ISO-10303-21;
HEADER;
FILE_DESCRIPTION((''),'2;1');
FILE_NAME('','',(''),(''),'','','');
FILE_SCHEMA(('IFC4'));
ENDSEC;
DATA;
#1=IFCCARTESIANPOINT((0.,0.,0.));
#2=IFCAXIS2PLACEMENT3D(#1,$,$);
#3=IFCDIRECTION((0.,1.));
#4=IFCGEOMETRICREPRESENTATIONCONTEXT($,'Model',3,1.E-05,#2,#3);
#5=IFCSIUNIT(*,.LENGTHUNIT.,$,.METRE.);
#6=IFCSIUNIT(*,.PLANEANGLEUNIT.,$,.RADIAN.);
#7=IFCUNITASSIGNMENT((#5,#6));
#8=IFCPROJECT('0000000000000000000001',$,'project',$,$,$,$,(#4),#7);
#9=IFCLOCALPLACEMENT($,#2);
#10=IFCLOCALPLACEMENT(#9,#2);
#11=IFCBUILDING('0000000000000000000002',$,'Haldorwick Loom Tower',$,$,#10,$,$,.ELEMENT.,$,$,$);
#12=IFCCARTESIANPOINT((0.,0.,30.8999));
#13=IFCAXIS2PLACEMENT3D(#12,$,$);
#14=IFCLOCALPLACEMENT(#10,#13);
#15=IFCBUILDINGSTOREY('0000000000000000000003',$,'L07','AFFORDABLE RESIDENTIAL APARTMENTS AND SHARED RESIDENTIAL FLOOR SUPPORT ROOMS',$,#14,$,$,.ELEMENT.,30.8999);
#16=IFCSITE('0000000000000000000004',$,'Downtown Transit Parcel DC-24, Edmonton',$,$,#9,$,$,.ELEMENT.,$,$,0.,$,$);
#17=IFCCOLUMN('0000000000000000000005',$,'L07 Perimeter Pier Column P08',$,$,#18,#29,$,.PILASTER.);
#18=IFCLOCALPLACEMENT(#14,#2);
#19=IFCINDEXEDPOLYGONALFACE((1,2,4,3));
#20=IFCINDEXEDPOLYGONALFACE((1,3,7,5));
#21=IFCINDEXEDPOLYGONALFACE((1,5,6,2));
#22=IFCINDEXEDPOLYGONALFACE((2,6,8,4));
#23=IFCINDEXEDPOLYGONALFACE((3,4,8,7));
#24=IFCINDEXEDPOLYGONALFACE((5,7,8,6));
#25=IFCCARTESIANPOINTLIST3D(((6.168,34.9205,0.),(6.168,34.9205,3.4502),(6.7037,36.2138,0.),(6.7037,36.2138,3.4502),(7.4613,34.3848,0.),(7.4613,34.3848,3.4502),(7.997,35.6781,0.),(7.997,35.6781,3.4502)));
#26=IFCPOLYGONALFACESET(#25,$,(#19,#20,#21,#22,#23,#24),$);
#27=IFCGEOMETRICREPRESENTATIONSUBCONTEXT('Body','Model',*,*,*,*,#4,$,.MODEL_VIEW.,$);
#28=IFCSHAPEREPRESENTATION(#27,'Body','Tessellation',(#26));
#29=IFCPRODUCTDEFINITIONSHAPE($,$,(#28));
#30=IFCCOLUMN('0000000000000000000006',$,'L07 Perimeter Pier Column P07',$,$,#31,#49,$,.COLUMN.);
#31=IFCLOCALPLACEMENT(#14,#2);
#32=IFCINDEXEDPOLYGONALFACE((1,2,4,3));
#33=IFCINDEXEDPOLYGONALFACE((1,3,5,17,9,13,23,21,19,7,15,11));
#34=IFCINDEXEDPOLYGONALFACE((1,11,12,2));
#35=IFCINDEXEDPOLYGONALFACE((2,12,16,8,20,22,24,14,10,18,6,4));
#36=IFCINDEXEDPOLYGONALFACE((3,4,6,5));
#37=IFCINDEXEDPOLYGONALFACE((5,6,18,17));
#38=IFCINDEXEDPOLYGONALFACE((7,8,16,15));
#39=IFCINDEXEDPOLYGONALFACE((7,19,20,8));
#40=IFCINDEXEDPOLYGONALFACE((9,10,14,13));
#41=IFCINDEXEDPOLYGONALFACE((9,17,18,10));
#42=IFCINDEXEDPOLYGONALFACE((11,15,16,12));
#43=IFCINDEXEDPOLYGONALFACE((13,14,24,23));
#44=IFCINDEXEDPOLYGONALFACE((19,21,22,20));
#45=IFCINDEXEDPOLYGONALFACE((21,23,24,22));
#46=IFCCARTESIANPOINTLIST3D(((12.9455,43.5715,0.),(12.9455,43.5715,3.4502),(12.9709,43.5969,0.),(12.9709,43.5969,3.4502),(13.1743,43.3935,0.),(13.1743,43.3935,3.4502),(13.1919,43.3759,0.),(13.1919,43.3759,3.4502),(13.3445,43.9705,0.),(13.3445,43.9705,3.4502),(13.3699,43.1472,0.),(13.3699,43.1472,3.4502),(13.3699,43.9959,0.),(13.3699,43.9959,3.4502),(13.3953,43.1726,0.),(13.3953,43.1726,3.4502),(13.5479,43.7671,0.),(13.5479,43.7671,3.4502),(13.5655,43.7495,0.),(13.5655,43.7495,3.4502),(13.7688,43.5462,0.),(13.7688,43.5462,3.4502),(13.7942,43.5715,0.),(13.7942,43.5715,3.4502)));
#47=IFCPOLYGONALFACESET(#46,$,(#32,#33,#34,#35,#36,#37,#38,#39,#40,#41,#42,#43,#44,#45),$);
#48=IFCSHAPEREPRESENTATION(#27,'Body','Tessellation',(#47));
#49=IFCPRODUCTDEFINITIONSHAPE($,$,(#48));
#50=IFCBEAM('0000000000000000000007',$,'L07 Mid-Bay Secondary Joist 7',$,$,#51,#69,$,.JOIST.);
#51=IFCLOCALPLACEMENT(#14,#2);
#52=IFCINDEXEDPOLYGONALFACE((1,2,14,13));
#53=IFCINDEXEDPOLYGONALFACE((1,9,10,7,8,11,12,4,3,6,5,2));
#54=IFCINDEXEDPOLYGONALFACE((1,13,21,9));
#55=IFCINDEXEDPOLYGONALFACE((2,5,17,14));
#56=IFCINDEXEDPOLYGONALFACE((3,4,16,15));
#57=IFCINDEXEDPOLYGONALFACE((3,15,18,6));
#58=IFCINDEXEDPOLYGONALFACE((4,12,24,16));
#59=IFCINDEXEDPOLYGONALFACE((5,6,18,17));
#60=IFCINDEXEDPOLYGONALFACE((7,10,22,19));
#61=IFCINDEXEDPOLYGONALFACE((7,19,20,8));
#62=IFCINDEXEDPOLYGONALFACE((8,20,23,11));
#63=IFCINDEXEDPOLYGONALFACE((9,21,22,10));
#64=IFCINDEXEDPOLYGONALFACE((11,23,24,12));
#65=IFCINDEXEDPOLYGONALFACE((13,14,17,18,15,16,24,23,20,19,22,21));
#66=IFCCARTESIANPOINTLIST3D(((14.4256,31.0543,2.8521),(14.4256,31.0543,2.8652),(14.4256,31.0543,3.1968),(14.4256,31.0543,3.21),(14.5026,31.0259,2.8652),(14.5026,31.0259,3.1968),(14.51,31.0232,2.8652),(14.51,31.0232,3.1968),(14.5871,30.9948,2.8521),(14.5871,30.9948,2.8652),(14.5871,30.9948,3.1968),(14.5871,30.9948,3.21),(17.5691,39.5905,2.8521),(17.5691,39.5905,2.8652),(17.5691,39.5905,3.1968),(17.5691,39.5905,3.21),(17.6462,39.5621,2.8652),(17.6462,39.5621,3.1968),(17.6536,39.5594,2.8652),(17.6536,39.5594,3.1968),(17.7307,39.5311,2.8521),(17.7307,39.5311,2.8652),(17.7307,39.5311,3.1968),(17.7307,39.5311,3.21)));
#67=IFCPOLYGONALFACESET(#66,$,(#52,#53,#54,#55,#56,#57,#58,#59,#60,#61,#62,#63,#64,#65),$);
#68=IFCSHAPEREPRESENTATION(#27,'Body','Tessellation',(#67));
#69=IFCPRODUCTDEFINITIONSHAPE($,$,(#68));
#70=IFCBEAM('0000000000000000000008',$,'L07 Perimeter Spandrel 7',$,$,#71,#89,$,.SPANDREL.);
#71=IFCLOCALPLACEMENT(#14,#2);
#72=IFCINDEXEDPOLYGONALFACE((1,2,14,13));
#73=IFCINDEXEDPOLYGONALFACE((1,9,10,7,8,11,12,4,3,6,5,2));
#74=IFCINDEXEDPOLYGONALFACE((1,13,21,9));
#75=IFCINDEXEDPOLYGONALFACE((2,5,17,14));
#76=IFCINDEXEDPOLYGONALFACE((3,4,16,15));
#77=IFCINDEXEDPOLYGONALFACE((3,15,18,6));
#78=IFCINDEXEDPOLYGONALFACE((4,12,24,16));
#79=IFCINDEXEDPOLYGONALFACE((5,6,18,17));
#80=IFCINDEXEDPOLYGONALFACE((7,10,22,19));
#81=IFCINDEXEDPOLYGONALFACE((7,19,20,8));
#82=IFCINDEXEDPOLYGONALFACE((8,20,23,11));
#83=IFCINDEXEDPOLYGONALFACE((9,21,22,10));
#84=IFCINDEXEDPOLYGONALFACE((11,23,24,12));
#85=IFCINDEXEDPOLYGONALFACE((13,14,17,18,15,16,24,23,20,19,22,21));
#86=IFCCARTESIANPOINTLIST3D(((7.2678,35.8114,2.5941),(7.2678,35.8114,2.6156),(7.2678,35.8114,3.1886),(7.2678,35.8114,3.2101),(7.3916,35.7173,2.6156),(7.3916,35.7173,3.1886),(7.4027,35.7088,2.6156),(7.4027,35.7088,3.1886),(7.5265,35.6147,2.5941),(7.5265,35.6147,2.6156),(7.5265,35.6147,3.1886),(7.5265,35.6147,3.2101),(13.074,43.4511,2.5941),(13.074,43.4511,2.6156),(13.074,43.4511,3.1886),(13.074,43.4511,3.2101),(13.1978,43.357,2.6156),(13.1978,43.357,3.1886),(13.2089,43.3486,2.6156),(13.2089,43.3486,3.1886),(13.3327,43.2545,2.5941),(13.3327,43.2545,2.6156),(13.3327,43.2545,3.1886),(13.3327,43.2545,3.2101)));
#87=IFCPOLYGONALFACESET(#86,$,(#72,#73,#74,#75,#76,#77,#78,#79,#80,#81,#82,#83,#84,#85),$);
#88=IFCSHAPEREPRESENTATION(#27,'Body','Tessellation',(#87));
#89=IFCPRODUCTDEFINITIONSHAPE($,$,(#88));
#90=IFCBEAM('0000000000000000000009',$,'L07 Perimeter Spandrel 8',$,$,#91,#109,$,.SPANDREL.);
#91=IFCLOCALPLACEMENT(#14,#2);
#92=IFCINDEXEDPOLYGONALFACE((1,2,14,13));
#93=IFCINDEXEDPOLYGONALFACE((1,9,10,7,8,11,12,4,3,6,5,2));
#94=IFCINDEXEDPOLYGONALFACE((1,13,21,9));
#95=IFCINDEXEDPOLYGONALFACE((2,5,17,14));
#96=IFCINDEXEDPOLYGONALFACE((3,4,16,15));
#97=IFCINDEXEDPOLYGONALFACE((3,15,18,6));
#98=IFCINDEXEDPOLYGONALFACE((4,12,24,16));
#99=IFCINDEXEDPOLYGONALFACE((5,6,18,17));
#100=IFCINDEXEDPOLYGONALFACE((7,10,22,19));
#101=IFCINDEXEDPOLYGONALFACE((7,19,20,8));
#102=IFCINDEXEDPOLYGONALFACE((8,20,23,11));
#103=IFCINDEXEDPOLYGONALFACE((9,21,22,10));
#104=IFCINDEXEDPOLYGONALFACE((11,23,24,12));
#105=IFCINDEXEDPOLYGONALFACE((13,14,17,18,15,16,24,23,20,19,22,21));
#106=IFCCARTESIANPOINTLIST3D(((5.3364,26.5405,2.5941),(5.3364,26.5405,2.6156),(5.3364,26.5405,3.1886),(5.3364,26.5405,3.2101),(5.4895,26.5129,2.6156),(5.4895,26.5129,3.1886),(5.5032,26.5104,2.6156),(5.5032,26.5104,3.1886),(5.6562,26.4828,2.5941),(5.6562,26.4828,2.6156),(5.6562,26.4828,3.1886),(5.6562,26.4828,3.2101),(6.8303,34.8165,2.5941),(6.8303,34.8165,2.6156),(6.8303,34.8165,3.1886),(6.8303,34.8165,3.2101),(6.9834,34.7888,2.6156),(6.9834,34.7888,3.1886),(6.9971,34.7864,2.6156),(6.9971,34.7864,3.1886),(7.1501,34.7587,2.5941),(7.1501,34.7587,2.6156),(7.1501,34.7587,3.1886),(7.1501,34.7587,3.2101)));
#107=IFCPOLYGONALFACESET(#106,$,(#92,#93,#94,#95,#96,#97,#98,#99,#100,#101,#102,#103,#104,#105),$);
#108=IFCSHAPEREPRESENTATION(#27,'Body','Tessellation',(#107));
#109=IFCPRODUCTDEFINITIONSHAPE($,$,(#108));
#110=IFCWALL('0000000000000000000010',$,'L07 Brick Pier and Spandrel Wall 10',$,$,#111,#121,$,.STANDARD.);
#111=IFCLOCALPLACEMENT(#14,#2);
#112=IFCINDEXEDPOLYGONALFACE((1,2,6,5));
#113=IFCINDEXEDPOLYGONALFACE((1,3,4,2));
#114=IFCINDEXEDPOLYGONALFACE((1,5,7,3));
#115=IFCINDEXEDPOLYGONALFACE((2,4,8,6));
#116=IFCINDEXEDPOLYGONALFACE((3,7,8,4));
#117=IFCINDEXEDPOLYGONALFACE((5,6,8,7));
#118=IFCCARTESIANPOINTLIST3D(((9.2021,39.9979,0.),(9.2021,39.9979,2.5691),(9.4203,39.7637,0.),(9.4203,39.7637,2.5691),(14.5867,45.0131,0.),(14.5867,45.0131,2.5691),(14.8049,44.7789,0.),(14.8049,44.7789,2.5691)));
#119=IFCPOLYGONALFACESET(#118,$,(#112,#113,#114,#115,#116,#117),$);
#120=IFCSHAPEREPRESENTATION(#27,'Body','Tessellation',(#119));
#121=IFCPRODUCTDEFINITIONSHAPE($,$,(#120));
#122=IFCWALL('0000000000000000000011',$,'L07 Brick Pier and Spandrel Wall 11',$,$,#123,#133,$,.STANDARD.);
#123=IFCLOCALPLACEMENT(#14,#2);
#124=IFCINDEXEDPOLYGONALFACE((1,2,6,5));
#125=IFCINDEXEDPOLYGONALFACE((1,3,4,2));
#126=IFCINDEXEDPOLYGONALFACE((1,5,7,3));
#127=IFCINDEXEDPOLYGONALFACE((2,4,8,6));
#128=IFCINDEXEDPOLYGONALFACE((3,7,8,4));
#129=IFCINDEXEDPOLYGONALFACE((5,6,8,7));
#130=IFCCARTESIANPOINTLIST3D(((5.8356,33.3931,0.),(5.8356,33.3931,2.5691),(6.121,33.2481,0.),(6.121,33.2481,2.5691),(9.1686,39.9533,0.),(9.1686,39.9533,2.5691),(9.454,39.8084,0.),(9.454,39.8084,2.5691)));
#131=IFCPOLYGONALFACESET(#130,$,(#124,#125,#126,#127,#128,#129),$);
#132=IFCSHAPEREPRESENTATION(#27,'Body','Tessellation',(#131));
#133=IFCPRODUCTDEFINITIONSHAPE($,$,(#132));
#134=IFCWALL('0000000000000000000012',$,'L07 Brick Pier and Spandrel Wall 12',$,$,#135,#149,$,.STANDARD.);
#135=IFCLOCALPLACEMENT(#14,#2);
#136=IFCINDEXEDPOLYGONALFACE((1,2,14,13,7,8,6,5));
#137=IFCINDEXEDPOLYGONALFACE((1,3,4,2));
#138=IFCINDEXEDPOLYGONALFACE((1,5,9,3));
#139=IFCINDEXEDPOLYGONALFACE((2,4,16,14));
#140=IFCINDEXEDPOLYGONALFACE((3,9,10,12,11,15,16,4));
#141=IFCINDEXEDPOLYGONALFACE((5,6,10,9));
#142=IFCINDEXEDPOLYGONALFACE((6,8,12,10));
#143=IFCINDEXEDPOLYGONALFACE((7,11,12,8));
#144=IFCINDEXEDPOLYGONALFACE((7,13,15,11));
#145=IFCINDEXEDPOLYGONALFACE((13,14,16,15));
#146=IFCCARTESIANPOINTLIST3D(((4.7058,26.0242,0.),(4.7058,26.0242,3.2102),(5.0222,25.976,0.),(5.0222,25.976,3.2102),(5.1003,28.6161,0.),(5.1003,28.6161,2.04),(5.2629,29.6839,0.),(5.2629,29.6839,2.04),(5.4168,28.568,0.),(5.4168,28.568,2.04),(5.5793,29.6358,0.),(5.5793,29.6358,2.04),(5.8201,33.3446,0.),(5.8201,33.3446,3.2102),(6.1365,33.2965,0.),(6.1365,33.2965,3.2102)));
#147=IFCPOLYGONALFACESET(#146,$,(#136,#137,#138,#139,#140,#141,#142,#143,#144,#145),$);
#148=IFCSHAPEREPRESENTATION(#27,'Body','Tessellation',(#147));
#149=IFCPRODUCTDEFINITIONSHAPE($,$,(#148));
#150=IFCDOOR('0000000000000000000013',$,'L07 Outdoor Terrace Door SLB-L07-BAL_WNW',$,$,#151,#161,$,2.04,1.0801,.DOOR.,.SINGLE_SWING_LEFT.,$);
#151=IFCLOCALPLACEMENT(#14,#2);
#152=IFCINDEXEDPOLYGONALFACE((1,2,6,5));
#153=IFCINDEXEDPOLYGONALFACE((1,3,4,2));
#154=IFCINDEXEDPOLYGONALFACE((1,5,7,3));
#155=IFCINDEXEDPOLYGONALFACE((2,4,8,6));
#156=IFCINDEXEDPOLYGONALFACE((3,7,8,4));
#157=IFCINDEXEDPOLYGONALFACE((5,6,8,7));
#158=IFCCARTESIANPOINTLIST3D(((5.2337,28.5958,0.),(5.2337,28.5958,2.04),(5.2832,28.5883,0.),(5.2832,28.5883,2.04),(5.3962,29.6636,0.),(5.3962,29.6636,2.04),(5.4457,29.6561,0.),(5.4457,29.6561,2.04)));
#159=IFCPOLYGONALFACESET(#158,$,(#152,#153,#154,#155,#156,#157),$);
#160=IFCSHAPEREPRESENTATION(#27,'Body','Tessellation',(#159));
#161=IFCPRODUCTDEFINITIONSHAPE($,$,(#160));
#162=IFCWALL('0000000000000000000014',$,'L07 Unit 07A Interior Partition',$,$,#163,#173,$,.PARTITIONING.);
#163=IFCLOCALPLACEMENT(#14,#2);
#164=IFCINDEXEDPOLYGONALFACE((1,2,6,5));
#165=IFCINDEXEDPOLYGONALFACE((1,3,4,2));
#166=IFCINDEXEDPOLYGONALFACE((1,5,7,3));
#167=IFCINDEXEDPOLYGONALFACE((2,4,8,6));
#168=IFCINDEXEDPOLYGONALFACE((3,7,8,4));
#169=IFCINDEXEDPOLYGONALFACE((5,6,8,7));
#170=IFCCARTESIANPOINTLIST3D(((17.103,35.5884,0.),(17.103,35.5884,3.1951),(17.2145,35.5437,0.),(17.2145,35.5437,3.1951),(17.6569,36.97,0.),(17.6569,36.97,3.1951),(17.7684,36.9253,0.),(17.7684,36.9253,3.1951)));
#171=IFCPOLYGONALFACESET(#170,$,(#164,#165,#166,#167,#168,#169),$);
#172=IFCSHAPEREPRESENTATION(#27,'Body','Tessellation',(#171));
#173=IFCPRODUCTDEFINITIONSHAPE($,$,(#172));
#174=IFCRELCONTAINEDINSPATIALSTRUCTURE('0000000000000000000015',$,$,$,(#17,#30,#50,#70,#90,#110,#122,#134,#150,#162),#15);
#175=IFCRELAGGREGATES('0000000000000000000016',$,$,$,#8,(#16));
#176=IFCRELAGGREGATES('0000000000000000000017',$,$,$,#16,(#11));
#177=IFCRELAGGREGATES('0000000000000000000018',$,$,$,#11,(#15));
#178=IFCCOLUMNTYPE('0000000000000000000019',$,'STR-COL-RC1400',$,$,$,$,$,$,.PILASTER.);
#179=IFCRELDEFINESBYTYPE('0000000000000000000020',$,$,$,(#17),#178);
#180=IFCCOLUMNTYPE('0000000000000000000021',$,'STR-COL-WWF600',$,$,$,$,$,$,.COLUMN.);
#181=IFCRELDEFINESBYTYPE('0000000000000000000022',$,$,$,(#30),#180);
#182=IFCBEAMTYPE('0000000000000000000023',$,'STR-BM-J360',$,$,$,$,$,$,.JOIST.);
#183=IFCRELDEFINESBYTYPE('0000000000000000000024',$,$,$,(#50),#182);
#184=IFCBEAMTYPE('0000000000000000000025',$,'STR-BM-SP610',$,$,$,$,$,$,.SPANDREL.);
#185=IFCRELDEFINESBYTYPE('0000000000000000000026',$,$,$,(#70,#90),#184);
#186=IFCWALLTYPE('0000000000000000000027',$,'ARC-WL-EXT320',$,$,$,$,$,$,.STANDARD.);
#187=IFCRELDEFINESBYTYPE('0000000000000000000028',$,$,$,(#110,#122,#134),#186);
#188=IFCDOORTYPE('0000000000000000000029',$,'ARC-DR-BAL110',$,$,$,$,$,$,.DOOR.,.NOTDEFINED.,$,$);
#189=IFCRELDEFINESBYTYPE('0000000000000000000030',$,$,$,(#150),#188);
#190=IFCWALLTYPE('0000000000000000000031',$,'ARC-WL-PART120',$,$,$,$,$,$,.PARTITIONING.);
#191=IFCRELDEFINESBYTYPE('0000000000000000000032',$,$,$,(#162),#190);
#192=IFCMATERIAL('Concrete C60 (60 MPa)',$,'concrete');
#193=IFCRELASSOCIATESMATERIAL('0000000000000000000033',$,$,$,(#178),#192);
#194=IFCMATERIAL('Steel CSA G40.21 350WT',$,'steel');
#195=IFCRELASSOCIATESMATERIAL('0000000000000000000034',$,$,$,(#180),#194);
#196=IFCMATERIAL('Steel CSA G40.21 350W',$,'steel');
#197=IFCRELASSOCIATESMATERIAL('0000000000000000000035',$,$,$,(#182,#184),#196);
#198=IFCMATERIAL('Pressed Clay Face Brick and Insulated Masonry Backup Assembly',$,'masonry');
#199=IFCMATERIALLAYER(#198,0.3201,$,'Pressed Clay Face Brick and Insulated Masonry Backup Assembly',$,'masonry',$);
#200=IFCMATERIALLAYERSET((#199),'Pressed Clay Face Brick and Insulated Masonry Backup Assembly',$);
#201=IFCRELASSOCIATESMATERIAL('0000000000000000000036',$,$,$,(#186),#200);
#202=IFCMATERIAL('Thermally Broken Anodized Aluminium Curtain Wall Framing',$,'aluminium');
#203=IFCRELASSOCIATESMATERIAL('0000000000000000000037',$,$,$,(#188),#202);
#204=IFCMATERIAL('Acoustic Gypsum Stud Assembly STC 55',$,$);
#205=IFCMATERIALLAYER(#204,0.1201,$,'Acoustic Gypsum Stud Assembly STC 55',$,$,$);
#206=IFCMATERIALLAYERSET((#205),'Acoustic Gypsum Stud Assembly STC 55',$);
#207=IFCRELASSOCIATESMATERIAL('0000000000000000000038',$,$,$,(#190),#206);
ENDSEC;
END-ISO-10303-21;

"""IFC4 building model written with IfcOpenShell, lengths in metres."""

from ifc_helpers import new_model, si_unit, direction, frame, frame_2d, origin, origin_2d, place, context, subcontext, project, spatial, rectangle, i_section, extrude, material, layer, layer_set, material_profile, profile_set, type_object, element, fill, save


model = new_model("IFC4")

# Units and contexts
model_context = context("Model", 3, precision=1e-05, world=origin(), true_north=direction((0.0, 1.0)))
body_context = subcontext(model_context, "Body", "Model", "MODEL_VIEW")
ifc_project = project(units=[si_unit("LENGTHUNIT", "METRE"), si_unit("PLANEANGLEUNIT", "RADIAN")], contexts=[model_context])

# Site, building, storey
site_placement = place(None, origin())
site = spatial("IfcSite", under=ifc_project, at=site_placement, Name="Downtown Transit Parcel DC-24, Edmonton", CompositionType="ELEMENT", RefElevation=0.0)
building_placement = place(site_placement, origin())
building = spatial("IfcBuilding", under=site, at=building_placement, Name="Haldorwick Loom Tower", CompositionType="ELEMENT")
storey_placement = place(building_placement, frame((0.0, 0.0, 30.8999)))
storey = spatial("IfcBuildingStorey", under=building, at=storey_placement, Name="L07", Description="AFFORDABLE RESIDENTIAL APARTMENTS AND SHARED RESIDENTIAL FLOOR SUPPORT ROOMS", CompositionType="ELEMENT", Elevation=30.8999)

# Columns
ifc_material_1 = material(Name="Concrete C60 (60 MPa)", Category="concrete")
ifc_material_profile_1 = material_profile(ifc_material_1, rectangle(XDim=1.3999, YDim=1.3999, at=origin_2d()), Name="RC1400X1400", Category="concrete")
ifc_profile_set_1 = profile_set([ifc_material_profile_1], Name="Concrete C60 (60 MPa)")
column_type_1 = type_object("IfcColumnType", Name="STR-COL-RC1400", PredefinedType="PILASTER", material=ifc_profile_set_1)
column_1_placement = place(storey_placement, frame((7.0825, 35.2993, 0.0), z_axis=(0.0, 0.0, 1.0), x_axis=(-0.92388, 0.382683, 0.0)))
element("IfcColumn", 1, at=column_1_placement, inside=storey, type_object=column_type_1, Name="L07 Perimeter Pier Column P08", PredefinedType="PILASTER", context=body_context, shape_type="SweptSolid", body=[
    extrude(rectangle(XDim=1.3999, YDim=1.3999, at=origin_2d()), origin(), (0.0, 0.0, 1.0), 3.4502),
])
ifc_material_2 = material(Name="Steel CSA G40.21 350WT", Category="steel")
ifc_material_profile_2 = material_profile(ifc_material_2, i_section(OverallWidth=0.6001, OverallDepth=0.6001, WebThickness=0.0249, FlangeThickness=0.0359, at=origin_2d()), Name="WWF600X600", Category="steel")
ifc_profile_set_2 = profile_set([ifc_material_profile_2], Name="Steel CSA G40.21 350WT")
column_type_2 = type_object("IfcColumnType", Name="STR-COL-WWF600", PredefinedType="COLUMN", material=ifc_profile_set_2)
column_2_placement = place(storey_placement, frame((13.3699, 43.5715, 0.0), z_axis=(0.0, 0.0, 1.0), x_axis=(-0.707107, 0.707107, 0.0)))
element("IfcColumn", 2, at=column_2_placement, inside=storey, type_object=column_type_2, Name="L07 Perimeter Pier Column P07", PredefinedType="COLUMN", context=body_context, shape_type="SweptSolid", body=[
    extrude(i_section(OverallWidth=0.6001, OverallDepth=0.6001, WebThickness=0.0249, FlangeThickness=0.0359, at=origin_2d()), origin(), (0.0, 0.0, 1.0), 3.4502),
])

# Beams
ifc_material_3 = material(Name="Steel CSA G40.21 350W", Category="steel")
ifc_material_profile_3 = material_profile(ifc_material_3, i_section(OverallWidth=0.1721, OverallDepth=0.3579, WebThickness=0.0078, FlangeThickness=0.0132, at=origin_2d()), Name="W360X57", Category="steel")
ifc_profile_set_3 = profile_set([ifc_material_profile_3], Name="Steel CSA G40.21 350W")
beam_type_1 = type_object("IfcBeamType", Name="STR-BM-J360", PredefinedType="JOIST", material=ifc_profile_set_3)
beam_1_placement = place(storey_placement, frame((17.6499, 39.5608, 3.031), z_axis=(-0.345576, -0.938391, 0.0), x_axis=(0.938391, -0.345576, 0.0)))
element("IfcBeam", 3, at=beam_1_placement, inside=storey, type_object=beam_type_1, Name="L07 Mid-Bay Secondary Joist 7", PredefinedType="JOIST", context=body_context, shape_type="SweptSolid", body=[
    extrude(i_section(OverallWidth=0.1721, OverallDepth=0.3579, WebThickness=0.0078, FlangeThickness=0.0132, at=origin_2d()), origin(), (0.0, 0.0, 1.0), 9.0967),
])
ifc_material_profile_4 = material_profile(ifc_material_3, i_section(OverallWidth=0.325, OverallDepth=0.616, WebThickness=0.0139, FlangeThickness=0.0215, at=origin_2d()), Name="W610X174", Category="steel")
ifc_profile_set_4 = profile_set([ifc_material_profile_4], Name="Steel CSA G40.21 350W")
beam_type_2 = type_object("IfcBeamType", Name="STR-BM-SP610", PredefinedType="SPANDREL", material=ifc_profile_set_4)
beam_2_placement = place(storey_placement, frame((13.2034, 43.3528, 2.9021), z_axis=(-0.605085, -0.796161, 0.0), x_axis=(0.796161, -0.605085, 0.0)))
element("IfcBeam", 4, at=beam_2_placement, inside=storey, type_object=beam_type_2, Name="L07 Perimeter Spandrel 7", PredefinedType="SPANDREL", context=body_context, shape_type="SweptSolid", body=[
    extrude(i_section(OverallWidth=0.325, OverallDepth=0.616, WebThickness=0.0139, FlangeThickness=0.0215, at=origin_2d()), origin(), (0.0, 0.0, 1.0), 9.5957),
])
beam_3_placement = place(storey_placement, frame((6.9902, 34.7876, 2.9021), z_axis=(-0.177641, -0.984095, 0.0), x_axis=(0.984095, -0.177641, 0.0)))
element("IfcBeam", 5, at=beam_3_placement, inside=storey, type_object=beam_type_2, Name="L07 Perimeter Spandrel 8", PredefinedType="SPANDREL", context=body_context, shape_type="SweptSolid", body=[
    extrude(i_section(OverallWidth=0.325, OverallDepth=0.616, WebThickness=0.0139, FlangeThickness=0.0215, at=origin_2d()), origin(), (0.0, 0.0, 1.0), 8.4097),
])

# Walls
ifc_material_4 = material(Name="Pressed Clay Face Brick and Insulated Masonry Backup Assembly", Category="masonry")
ifc_layer_1 = layer(ifc_material_4, 0.3201, Name="Pressed Clay Face Brick and Insulated Masonry Backup Assembly", Category="masonry")
ifc_layer_set_1 = layer_set([ifc_layer_1], Name="Pressed Clay Face Brick and Insulated Masonry Backup Assembly")
wall_type_1 = type_object("IfcWallType", Name="ARC-WL-EXT320", PredefinedType="STANDARD", material=ifc_layer_set_1)
for number, where, z_axis, x_axis, name in (
    (6, (14.6958, 44.896, 0.0), (0.0, 0.0, 1.0), (-0.731761, -0.681561, 0.0), "L07 Brick Pier and Spandrel Wall 10"),
    (7, (9.3113, 39.8809, 0.0), (0.0, 0.0, 1.0), (-0.452951, -0.891535, 0.0), "L07 Brick Pier and Spandrel Wall 11"),
):
    element("IfcWall", number, at=place(storey_placement, frame(where, z_axis=z_axis, x_axis=x_axis)), inside=storey, type_object=wall_type_1, Name=name, PredefinedType="STANDARD", context=body_context, shape_type="SweptSolid", body=[
        extrude(rectangle(XDim=7.3584, YDim=0.3201, at=frame_2d((3.6792, 0.0))), origin(), (0.0, 0.0, 1.0), 2.5691),
    ])

# Wall, opening, door
wall_1_placement = place(storey_placement, frame((5.9783, 33.3206, 0.0), z_axis=(0.0, 0.0, 1.0), x_axis=(-0.150476, -0.988614, 0.0)))
wall_1 = element("IfcWall", 8, at=wall_1_placement, inside=storey, type_object=wall_type_1, Name="L07 Brick Pier and Spandrel Wall 12", PredefinedType="STANDARD", context=body_context, shape_type="SweptSolid", body=[
    extrude(rectangle(XDim=7.4048, YDim=0.3201, at=frame_2d((3.7024, 0.0))), origin(), (0.0, 0.0, 1.0), 3.2102),
])
opening_1_placement = place(wall_1_placement, frame((3.7029, 0.0, 0.0)))
opening_1 = element("IfcOpeningElement", 9, at=opening_1_placement, cuts=wall_1, PredefinedType="OPENING", context=body_context, shape_type="SweptSolid", body=[
    extrude(rectangle(XDim=1.0801, YDim=2.04, at=frame_2d((0.54, 1.02))), frame((0.0, 0.1699, 0.0), z_axis=(0.0, -1.0, 0.0), x_axis=(1.0, 0.0, 0.0)), (0.0, 0.0, 1.0), 0.3401),
])
ifc_material_5 = material(Name="Thermally Broken Anodized Aluminium Curtain Wall Framing", Category="aluminium")
door_type_1 = type_object("IfcDoorType", Name="ARC-DR-BAL110", OperationType="NOTDEFINED", PredefinedType="DOOR", material=ifc_material_5)
door_1_placement = place(opening_1_placement, origin())
door_1 = element("IfcDoor", 10, at=door_1_placement, inside=storey, type_object=door_type_1, Name="L07 Outdoor Terrace Door SLB-L07-BAL_WNW", OperationType="SINGLE_SWING_LEFT", OverallHeight=2.04, OverallWidth=1.0801, PredefinedType="DOOR", context=body_context, shape_type="SweptSolid", body=[
    extrude(rectangle(XDim=1.0801, YDim=2.04, at=frame_2d((0.54, 1.02))), frame((0.0, 0.0249, 0.0), z_axis=(0.0, -1.0, 0.0), x_axis=(1.0, 0.0, 0.0)), (0.0, 0.0, 1.0), 0.05),
])
fill(opening_1, door_1)

# Wall
ifc_material_6 = material(Name="Acoustic Gypsum Stud Assembly STC 55")
ifc_layer_2 = layer(ifc_material_6, 0.1201, Name="Acoustic Gypsum Stud Assembly STC 55")
ifc_layer_set_2 = layer_set([ifc_layer_2], Name="Acoustic Gypsum Stud Assembly STC 55")
wall_type_2 = type_object("IfcWallType", Name="ARC-WL-PART120", PredefinedType="PARTITIONING", material=ifc_layer_set_2)
wall_2_placement = place(storey_placement, frame((17.7126, 36.9475, 0.0), z_axis=(0.0, 0.0, 1.0), x_axis=(-0.372154, -0.928171, 0.0)))
element("IfcWall", 11, at=wall_2_placement, inside=storey, type_object=wall_type_2, Name="L07 Unit 07A Interior Partition", PredefinedType="PARTITIONING", context=body_context, shape_type="SweptSolid", body=[
    extrude(rectangle(XDim=1.4885, YDim=0.1201, at=frame_2d((0.7441, 0.0))), origin(), (0.0, 0.0, 1.0), 3.1951),
])

save(model, "model.ifc")
